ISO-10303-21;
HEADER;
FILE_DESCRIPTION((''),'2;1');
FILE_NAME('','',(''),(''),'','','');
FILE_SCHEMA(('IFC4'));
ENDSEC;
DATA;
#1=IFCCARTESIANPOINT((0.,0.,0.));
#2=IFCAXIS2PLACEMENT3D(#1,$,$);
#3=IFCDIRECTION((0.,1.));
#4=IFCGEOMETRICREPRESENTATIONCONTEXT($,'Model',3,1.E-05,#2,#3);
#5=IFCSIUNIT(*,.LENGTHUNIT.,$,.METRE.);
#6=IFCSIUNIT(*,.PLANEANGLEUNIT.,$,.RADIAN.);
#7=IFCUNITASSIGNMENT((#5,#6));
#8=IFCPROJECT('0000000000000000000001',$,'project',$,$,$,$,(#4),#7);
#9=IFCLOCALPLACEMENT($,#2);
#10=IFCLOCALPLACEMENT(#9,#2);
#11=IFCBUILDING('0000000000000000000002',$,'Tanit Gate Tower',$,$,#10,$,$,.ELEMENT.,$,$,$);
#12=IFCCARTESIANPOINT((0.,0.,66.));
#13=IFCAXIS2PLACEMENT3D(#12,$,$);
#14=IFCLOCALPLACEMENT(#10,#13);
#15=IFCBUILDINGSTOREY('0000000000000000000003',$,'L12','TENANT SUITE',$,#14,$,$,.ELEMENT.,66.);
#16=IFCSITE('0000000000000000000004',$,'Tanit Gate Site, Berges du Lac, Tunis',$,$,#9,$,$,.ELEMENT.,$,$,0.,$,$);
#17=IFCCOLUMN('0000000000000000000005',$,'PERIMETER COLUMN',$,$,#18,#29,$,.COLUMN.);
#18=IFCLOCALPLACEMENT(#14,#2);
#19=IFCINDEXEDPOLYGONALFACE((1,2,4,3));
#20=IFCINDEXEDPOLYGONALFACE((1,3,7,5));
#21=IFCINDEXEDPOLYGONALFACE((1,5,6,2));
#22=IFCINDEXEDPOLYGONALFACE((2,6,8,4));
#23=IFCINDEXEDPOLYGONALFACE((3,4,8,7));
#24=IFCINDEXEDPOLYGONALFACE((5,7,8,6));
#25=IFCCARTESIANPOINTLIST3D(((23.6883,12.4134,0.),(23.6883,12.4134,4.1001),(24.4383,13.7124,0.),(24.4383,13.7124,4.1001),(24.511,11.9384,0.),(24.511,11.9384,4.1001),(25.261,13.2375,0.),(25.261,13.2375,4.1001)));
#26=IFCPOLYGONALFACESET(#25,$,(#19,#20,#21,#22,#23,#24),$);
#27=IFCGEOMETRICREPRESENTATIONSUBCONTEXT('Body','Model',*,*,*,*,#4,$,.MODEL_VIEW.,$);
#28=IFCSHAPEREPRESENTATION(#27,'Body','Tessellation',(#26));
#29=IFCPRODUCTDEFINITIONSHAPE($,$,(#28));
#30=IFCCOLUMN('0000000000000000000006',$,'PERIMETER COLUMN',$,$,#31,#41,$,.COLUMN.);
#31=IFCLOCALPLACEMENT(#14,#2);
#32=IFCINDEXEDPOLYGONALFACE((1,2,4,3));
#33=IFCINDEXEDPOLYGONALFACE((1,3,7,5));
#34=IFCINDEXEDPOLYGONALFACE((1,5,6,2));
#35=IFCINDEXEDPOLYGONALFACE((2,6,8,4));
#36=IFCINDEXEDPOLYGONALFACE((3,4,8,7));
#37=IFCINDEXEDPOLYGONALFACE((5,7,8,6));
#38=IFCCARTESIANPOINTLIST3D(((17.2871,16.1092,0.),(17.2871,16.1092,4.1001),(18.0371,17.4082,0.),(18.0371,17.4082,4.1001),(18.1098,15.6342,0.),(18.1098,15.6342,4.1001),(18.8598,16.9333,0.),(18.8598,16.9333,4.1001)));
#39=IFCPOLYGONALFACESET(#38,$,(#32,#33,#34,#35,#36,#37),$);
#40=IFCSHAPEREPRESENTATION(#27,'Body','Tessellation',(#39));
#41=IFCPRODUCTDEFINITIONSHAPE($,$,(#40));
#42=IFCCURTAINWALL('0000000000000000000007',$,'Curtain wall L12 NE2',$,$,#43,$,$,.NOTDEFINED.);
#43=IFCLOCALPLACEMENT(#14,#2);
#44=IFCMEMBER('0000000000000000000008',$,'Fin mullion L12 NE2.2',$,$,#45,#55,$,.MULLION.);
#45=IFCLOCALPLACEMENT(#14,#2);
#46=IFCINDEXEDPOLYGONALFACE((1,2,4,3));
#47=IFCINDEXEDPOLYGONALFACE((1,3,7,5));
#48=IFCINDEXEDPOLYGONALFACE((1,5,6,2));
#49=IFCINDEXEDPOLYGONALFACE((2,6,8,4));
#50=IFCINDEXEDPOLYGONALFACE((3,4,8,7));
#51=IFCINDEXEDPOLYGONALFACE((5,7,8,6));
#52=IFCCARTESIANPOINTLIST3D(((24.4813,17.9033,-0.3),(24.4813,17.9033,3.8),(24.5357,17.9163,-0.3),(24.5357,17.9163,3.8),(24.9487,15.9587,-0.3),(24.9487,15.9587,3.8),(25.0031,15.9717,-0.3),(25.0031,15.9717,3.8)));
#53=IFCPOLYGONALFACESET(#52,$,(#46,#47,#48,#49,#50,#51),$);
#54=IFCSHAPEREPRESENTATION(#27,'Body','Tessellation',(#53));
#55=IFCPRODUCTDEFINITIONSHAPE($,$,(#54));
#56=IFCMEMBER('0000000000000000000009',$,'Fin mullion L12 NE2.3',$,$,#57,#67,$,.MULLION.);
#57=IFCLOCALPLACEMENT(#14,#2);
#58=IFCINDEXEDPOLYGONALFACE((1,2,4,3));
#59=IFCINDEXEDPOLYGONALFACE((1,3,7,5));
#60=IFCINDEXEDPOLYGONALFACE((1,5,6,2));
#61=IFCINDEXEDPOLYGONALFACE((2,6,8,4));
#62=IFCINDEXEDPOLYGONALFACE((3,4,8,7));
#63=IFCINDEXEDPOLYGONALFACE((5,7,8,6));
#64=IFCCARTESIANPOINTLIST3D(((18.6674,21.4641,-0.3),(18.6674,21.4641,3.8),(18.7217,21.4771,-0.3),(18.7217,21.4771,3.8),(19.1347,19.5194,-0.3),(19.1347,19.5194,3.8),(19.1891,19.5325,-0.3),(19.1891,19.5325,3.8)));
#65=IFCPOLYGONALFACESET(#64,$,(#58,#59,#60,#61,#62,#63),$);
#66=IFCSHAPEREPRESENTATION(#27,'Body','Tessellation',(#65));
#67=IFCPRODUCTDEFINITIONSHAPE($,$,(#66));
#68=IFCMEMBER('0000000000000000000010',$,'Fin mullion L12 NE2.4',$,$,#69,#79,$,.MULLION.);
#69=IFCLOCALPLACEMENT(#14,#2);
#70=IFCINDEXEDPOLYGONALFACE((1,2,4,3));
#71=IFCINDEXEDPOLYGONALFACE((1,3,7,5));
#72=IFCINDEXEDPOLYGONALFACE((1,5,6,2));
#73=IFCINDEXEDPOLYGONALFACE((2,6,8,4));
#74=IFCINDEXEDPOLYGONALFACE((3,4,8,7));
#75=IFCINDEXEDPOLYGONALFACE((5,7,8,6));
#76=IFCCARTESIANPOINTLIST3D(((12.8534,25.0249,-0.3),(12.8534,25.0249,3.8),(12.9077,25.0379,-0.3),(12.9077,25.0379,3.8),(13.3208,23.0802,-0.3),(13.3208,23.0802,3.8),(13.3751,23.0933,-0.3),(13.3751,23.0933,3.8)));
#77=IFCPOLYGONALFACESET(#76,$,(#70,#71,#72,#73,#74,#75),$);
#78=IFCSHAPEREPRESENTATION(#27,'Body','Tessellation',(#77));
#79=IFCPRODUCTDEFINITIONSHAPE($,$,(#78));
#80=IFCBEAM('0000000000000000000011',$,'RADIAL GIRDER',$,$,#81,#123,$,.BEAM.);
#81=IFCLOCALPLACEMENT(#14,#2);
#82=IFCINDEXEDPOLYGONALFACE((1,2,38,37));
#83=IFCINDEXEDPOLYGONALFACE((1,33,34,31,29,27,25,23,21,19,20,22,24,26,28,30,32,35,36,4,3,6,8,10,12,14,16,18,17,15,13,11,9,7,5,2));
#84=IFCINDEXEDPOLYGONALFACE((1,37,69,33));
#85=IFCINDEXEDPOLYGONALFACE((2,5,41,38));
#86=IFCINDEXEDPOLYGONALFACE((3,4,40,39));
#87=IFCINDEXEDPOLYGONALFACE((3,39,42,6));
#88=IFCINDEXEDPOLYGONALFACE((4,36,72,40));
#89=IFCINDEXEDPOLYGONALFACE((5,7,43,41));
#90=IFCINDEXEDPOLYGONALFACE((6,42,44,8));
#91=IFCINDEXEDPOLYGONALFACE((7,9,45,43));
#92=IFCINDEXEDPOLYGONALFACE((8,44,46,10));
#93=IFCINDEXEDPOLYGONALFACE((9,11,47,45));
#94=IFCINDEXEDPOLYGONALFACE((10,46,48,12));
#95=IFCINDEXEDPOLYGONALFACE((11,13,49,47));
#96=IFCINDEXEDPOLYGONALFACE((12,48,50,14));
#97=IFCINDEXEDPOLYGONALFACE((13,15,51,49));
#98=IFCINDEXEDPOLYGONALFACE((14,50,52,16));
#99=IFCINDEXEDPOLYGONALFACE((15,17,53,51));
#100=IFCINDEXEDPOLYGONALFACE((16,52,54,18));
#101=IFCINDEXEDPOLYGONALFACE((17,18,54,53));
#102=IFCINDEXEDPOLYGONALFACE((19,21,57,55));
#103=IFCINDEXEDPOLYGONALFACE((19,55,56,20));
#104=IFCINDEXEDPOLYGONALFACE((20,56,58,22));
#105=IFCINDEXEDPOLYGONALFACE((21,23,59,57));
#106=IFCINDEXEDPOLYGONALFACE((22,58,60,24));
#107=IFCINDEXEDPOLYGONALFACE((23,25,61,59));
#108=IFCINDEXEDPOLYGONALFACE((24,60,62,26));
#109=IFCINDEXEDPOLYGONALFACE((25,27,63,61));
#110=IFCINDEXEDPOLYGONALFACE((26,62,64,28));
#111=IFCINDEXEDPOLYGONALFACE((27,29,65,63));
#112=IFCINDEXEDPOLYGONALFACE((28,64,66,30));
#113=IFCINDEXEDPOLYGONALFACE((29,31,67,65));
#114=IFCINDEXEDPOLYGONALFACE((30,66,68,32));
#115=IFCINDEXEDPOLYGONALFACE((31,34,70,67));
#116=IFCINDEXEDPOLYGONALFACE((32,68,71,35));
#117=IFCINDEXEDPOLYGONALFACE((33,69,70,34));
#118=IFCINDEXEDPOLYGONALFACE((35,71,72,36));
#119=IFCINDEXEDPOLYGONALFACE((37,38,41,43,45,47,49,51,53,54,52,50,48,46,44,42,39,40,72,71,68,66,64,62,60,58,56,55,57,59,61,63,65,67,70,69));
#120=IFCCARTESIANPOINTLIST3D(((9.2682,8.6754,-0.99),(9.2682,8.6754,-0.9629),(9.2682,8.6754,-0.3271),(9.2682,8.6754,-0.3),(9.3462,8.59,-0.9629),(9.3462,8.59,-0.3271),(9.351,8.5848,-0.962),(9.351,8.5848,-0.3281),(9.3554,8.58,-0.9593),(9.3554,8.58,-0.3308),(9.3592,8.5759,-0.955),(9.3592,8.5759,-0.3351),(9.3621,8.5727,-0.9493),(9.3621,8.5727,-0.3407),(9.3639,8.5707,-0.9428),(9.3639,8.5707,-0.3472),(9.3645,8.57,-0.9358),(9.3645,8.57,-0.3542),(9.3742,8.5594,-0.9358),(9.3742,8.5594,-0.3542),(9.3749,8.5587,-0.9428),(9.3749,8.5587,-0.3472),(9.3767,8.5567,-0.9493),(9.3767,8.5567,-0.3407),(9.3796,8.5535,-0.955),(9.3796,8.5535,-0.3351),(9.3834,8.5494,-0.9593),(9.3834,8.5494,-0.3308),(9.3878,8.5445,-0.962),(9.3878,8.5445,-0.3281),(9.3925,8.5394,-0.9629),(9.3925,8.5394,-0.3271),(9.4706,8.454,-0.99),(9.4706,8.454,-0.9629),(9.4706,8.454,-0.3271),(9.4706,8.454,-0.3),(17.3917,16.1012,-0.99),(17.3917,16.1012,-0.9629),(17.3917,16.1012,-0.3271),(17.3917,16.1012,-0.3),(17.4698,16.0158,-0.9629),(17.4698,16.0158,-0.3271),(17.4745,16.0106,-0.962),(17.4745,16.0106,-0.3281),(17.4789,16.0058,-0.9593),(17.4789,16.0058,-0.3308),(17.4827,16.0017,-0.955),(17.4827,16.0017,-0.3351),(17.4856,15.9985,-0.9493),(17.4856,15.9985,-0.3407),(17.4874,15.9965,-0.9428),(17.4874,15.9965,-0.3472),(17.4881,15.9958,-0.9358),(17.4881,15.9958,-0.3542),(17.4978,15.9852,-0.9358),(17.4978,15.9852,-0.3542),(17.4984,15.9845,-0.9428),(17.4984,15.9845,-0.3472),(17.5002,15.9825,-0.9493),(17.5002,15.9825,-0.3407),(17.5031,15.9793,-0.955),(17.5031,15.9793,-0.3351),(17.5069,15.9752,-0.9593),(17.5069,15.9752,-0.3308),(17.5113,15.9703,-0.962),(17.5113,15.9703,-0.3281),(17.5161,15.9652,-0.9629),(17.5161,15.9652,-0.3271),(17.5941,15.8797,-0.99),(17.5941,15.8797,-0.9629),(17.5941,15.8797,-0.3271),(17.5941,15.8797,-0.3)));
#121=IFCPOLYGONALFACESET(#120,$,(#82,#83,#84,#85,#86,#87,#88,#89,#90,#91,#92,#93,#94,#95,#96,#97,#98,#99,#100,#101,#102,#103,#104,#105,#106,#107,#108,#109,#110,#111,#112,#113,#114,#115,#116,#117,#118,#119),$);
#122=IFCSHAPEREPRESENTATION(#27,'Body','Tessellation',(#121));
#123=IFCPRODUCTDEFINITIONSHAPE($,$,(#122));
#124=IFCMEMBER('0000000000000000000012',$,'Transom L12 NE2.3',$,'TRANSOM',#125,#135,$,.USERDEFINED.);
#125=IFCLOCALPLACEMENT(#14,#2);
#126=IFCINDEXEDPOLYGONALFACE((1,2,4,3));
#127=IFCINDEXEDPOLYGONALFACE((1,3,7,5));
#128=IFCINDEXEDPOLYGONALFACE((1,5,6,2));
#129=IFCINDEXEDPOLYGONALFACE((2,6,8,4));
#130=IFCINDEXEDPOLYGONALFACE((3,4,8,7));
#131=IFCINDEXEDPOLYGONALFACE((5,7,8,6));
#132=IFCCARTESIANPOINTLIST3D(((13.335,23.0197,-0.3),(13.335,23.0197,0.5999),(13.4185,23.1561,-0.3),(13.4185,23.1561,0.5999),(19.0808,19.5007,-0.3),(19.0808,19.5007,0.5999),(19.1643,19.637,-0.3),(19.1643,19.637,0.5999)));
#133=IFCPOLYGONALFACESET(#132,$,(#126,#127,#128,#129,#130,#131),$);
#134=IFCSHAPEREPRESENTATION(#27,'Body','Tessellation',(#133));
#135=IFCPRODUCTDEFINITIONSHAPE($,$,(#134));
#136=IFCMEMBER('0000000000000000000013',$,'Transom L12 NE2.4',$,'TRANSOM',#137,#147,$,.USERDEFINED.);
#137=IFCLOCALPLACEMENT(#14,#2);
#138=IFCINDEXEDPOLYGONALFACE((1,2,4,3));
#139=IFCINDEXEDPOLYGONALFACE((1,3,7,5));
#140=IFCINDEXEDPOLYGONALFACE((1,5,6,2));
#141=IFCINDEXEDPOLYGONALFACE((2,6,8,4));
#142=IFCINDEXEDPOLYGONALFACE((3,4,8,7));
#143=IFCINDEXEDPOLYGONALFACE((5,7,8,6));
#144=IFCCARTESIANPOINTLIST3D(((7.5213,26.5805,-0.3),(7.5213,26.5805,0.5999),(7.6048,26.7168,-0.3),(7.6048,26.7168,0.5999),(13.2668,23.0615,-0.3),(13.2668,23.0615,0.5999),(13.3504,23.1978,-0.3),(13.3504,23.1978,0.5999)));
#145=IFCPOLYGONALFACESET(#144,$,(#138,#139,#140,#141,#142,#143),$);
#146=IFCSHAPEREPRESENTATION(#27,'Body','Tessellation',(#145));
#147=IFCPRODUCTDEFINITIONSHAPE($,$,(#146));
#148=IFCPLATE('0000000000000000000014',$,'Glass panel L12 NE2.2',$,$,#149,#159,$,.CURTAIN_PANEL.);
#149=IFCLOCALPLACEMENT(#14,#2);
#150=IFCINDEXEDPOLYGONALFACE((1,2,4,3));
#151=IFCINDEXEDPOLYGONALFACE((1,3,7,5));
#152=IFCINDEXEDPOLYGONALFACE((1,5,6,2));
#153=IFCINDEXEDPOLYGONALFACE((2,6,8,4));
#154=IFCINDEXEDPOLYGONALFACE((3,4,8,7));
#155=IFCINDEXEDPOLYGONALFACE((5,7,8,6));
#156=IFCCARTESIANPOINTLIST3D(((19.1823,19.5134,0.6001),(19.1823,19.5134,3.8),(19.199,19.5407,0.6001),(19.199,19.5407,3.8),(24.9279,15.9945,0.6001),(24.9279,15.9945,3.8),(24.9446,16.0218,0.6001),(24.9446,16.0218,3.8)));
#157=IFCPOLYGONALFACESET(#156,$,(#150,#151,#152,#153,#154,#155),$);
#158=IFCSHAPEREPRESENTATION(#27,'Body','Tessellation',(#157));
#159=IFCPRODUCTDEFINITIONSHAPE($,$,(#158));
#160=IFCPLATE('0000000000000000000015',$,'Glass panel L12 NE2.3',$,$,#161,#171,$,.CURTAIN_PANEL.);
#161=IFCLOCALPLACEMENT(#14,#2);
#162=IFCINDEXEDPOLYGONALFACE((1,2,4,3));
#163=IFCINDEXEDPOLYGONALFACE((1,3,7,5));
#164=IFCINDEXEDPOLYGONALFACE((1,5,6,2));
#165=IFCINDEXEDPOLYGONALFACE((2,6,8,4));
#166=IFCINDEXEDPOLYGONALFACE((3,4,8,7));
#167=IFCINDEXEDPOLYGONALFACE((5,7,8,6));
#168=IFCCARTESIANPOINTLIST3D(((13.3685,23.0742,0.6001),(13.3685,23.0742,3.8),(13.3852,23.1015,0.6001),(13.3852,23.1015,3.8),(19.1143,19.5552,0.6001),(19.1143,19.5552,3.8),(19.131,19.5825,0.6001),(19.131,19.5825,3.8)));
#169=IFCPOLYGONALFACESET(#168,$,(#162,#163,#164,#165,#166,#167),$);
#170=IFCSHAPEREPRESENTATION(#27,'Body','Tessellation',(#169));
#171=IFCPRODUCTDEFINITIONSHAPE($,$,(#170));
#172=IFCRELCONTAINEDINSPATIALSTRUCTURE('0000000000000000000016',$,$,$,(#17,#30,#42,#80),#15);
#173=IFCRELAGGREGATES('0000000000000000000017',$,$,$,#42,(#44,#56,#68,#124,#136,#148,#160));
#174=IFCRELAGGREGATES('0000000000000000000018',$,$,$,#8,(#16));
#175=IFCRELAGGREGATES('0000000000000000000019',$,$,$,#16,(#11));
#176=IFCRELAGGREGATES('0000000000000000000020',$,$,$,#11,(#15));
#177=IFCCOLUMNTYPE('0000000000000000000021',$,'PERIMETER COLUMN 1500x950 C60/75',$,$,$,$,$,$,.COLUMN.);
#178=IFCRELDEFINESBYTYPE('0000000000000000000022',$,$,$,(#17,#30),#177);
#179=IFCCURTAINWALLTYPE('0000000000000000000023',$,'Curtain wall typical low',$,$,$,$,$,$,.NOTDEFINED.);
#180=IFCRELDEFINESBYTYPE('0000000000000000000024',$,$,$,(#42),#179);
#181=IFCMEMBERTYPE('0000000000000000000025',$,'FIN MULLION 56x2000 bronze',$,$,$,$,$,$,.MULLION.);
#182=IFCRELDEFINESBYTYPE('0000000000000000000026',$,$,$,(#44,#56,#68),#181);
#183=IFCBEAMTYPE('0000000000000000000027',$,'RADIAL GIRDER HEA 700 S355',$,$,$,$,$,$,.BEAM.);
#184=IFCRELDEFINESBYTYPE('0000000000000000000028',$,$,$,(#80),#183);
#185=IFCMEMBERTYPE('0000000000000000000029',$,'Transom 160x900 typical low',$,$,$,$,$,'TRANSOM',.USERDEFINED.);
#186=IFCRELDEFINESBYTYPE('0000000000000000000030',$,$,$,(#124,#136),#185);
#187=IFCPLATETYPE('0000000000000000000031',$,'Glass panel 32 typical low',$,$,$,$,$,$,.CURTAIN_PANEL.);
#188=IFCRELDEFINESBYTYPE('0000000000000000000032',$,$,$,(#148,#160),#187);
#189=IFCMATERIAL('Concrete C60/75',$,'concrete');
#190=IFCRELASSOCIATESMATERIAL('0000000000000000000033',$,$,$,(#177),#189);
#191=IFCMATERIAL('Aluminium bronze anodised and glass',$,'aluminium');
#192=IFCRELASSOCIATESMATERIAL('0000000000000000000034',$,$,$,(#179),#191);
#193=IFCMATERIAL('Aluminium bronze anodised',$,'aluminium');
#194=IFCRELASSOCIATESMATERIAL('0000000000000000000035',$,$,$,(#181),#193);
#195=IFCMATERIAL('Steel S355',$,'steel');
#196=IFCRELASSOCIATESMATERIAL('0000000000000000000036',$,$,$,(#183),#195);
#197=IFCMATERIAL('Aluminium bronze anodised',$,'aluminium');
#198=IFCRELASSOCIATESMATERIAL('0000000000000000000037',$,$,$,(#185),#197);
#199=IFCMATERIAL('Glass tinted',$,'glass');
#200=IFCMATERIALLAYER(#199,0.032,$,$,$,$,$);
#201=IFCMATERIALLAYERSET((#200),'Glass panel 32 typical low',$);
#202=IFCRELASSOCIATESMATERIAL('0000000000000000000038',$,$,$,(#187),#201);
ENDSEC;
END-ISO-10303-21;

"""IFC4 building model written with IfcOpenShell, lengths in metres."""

from ifc_helpers import new_model, si_unit, direction, frame, origin, origin_2d, place, context, subcontext, project, spatial, rectangle, i_section, extrude, material, layer, layer_set, material_profile, profile_set, type_object, element, aggregate, save


model = new_model("IFC4")

# Units and contexts
model_context = context("Model", 3, precision=1e-05, world=origin(), true_north=direction((0.0, 1.0)))
body_context = subcontext(model_context, "Body", "Model", "MODEL_VIEW")
ifc_project = project(units=[si_unit("LENGTHUNIT", "METRE"), si_unit("PLANEANGLEUNIT", "RADIAN")], contexts=[model_context])

# Site, building, storey
site_placement = place(None, origin())
site = spatial("IfcSite", under=ifc_project, at=site_placement, Name="Tanit Gate Site, Berges du Lac, Tunis", CompositionType="ELEMENT", RefElevation=0.0)
building_placement = place(site_placement, origin())
building = spatial("IfcBuilding", under=site, at=building_placement, Name="Tanit Gate Tower", CompositionType="ELEMENT")
storey_placement = place(building_placement, frame((0.0, 0.0, 66.0)))
storey = spatial("IfcBuildingStorey", under=building, at=storey_placement, Name="L12", Description="TENANT SUITE", CompositionType="ELEMENT", Elevation=66.0)

# Columns
ifc_material_1 = material(Name="Concrete C60/75", Category="concrete")
ifc_material_profile_1 = material_profile(ifc_material_1, rectangle(XDim=1.5, YDim=0.95, at=origin_2d()), Name="RC 1500x950")
ifc_profile_set_1 = profile_set([ifc_material_profile_1], Name="Concrete C60/75")
column_type = type_object("IfcColumnType", Name="PERIMETER COLUMN 1500x950 C60/75", PredefinedType="COLUMN", material=ifc_profile_set_1)
for number, where, z_axis, x_axis, name in (
    (1, (24.4746, 12.8254, 0.0), (0.0, 0.0, 1.0), (0.5, 0.866025, 0.0), "PERIMETER COLUMN"),
    (2, (18.0735, 16.5212, 0.0), (0.0, 0.0, 1.0), (0.5, 0.866025, 0.0), "PERIMETER COLUMN"),
):
    element("IfcColumn", number, at=place(storey_placement, frame(where, z_axis=z_axis, x_axis=x_axis)), inside=storey, type_object=column_type, Name=name, PredefinedType="COLUMN", context=body_context, shape_type="SweptSolid", body=[
        extrude(rectangle(XDim=1.5, YDim=0.95, at=origin_2d()), origin(), (0.0, 0.0, 1.0), 4.1001),
    ])

# Curtain wall, members
ifc_material_2 = material(Name="Aluminium bronze anodised and glass", Category="aluminium")
curtain_wall_type = type_object("IfcCurtainWallType", Name="Curtain wall typical low", PredefinedType="NOTDEFINED", material=ifc_material_2)
curtain_wall_placement = place(storey_placement, origin())
curtain_wall = element("IfcCurtainWall", 3, at=curtain_wall_placement, inside=storey, type_object=curtain_wall_type, Name="Curtain wall L12 NE2", PredefinedType="NOTDEFINED")
ifc_material_3 = material(Name="Aluminium bronze anodised", Category="aluminium")
ifc_material_profile_2 = material_profile(ifc_material_3, rectangle(XDim=2.0, YDim=0.0559, at=origin_2d()), Name="56x2000 bronze fin mullion")
ifc_profile_set_2 = profile_set([ifc_material_profile_2], Name="Aluminium bronze anodised")
member_type_1 = type_object("IfcMemberType", Name="FIN MULLION 56x2000 bronze", PredefinedType="MULLION", material=ifc_profile_set_2)
member_1_placement = place(storey_placement, frame((24.7422, 16.9375, -0.3), z_axis=(0.0, 0.0, 1.0), x_axis=(0.233691, -0.972311, 0.0)))
member_1 = element("IfcMember", 4, at=member_1_placement, type_object=member_type_1, Name="Fin mullion L12 NE2.2", PredefinedType="MULLION", context=body_context, shape_type="SweptSolid", body=[
    extrude(rectangle(XDim=2.0, YDim=0.0559, at=origin_2d()), origin(), (0.0, 0.0, 1.0), 4.1001),
])
member_2_placement = place(storey_placement, frame((18.9282, 20.4983, -0.3), z_axis=(0.0, 0.0, 1.0), x_axis=(0.233691, -0.972311, 0.0)))
member_2 = element("IfcMember", 5, at=member_2_placement, type_object=member_type_1, Name="Fin mullion L12 NE2.3", PredefinedType="MULLION", context=body_context, shape_type="SweptSolid", body=[
    extrude(rectangle(XDim=2.0, YDim=0.0559, at=origin_2d()), origin(), (0.0, 0.0, 1.0), 4.1001),
])
member_3_placement = place(storey_placement, frame((13.1143, 24.0591, -0.3), z_axis=(0.0, 0.0, 1.0), x_axis=(0.233691, -0.972311, 0.0)))
member_3 = element("IfcMember", 6, at=member_3_placement, type_object=member_type_1, Name="Fin mullion L12 NE2.4", PredefinedType="MULLION", context=body_context, shape_type="SweptSolid", body=[
    extrude(rectangle(XDim=2.0, YDim=0.0559, at=origin_2d()), origin(), (0.0, 0.0, 1.0), 4.1001),
])

# Beam
ifc_material_4 = material(Name="Steel S355", Category="steel")
ifc_material_profile_3 = material_profile(ifc_material_4, i_section(OverallWidth=0.3, OverallDepth=0.6899, WebThickness=0.0144, FlangeThickness=0.0271, FilletRadius=0.0271, at=origin_2d()), Name="HEA 700")
ifc_profile_set_3 = profile_set([ifc_material_profile_3], Name="Steel S355")
beam_type = type_object("IfcBeamType", Name="RADIAL GIRDER HEA 700 S355", PredefinedType="BEAM", material=ifc_profile_set_3)
beam_placement = place(storey_placement, frame((17.4929, 15.9905, -0.645), z_axis=(-0.738094, -0.674697, 0.0), x_axis=(0.674697, -0.738094, 0.0)))
element("IfcBeam", 7, at=beam_placement, inside=storey, type_object=beam_type, Name="RADIAL GIRDER", PredefinedType="BEAM", context=body_context, shape_type="SweptSolid", body=[
    extrude(i_section(OverallWidth=0.3, OverallDepth=0.6899, WebThickness=0.0144, FlangeThickness=0.0271, FilletRadius=0.0271, at=origin_2d()), origin(), (0.0, 0.0, 1.0), 11.0061),
])

# Members
ifc_material_5 = material(Name="Aluminium bronze anodised", Category="aluminium")
ifc_material_profile_4 = material_profile(ifc_material_5, rectangle(XDim=0.1599, YDim=0.8999, at=origin_2d()), Name="160x900 bronze transom")
ifc_profile_set_4 = profile_set([ifc_material_profile_4], Name="Aluminium bronze anodised")
member_type_2 = type_object("IfcMemberType", Name="Transom 160x900 typical low", ElementType="TRANSOM", PredefinedType="USERDEFINED", material=ifc_profile_set_4)
member_4_placement = place(storey_placement, frame((19.1226, 19.5688, 0.1499), z_axis=(-0.852774, 0.522281, 0.0), x_axis=(-0.522281, -0.852774, 0.0)))
member_4 = element("IfcMember", 8, at=member_4_placement, type_object=member_type_2, Name="Transom L12 NE2.3", ObjectType="TRANSOM", PredefinedType="USERDEFINED", context=body_context, shape_type="SweptSolid", body=[
    extrude(rectangle(XDim=0.1599, YDim=0.8999, at=origin_2d()), origin(), (0.0, 0.0, 1.0), 6.7378),
])
member_5_placement = place(storey_placement, frame((13.3086, 23.1296, 0.1499), z_axis=(-0.852764, 0.522297, 0.0), x_axis=(-0.522297, -0.852764, 0.0)))
member_5 = element("IfcMember", 9, at=member_5_placement, type_object=member_type_2, Name="Transom L12 NE2.4", ObjectType="TRANSOM", PredefinedType="USERDEFINED", context=body_context, shape_type="SweptSolid", body=[
    extrude(rectangle(XDim=0.1599, YDim=0.8999, at=origin_2d()), origin(), (0.0, 0.0, 1.0), 6.7375),
])

# Plates
ifc_material_6 = material(Name="Glass tinted", Category="glass")
ifc_layer = layer(ifc_material_6, 0.032)
ifc_layer_set = layer_set([ifc_layer], Name="Glass panel 32 typical low")
plate_type = type_object("IfcPlateType", Name="Glass panel 32 typical low", PredefinedType="CURTAIN_PANEL", material=ifc_layer_set)
plate_1_placement = place(storey_placement, frame((22.0635, 17.7676, 0.6001), z_axis=(0.0, 0.0, 1.0), x_axis=(-0.852772, 0.522283, 0.0)))
plate_1 = element("IfcPlate", 10, at=plate_1_placement, type_object=plate_type, Name="Glass panel L12 NE2.2", PredefinedType="CURTAIN_PANEL", context=body_context, shape_type="SweptSolid", body=[
    extrude(rectangle(XDim=6.7375, YDim=0.032, at=origin_2d()), origin(), (0.0, 0.0, 1.0), 3.2),
])
plate_2_placement = place(storey_placement, frame((16.2498, 21.3284, 0.6001), z_axis=(0.0, 0.0, 1.0), x_axis=(-0.852772, 0.522283, 0.0)))
plate_2 = element("IfcPlate", 11, at=plate_2_placement, type_object=plate_type, Name="Glass panel L12 NE2.3", PredefinedType="CURTAIN_PANEL", context=body_context, shape_type="SweptSolid", body=[
    extrude(rectangle(XDim=6.7378, YDim=0.032, at=origin_2d()), origin(), (0.0, 0.0, 1.0), 3.2),
])
aggregate(curtain_wall, [member_1, member_2, member_3, member_4, member_5, plate_1, plate_2])

save(model, "model.ifc")
